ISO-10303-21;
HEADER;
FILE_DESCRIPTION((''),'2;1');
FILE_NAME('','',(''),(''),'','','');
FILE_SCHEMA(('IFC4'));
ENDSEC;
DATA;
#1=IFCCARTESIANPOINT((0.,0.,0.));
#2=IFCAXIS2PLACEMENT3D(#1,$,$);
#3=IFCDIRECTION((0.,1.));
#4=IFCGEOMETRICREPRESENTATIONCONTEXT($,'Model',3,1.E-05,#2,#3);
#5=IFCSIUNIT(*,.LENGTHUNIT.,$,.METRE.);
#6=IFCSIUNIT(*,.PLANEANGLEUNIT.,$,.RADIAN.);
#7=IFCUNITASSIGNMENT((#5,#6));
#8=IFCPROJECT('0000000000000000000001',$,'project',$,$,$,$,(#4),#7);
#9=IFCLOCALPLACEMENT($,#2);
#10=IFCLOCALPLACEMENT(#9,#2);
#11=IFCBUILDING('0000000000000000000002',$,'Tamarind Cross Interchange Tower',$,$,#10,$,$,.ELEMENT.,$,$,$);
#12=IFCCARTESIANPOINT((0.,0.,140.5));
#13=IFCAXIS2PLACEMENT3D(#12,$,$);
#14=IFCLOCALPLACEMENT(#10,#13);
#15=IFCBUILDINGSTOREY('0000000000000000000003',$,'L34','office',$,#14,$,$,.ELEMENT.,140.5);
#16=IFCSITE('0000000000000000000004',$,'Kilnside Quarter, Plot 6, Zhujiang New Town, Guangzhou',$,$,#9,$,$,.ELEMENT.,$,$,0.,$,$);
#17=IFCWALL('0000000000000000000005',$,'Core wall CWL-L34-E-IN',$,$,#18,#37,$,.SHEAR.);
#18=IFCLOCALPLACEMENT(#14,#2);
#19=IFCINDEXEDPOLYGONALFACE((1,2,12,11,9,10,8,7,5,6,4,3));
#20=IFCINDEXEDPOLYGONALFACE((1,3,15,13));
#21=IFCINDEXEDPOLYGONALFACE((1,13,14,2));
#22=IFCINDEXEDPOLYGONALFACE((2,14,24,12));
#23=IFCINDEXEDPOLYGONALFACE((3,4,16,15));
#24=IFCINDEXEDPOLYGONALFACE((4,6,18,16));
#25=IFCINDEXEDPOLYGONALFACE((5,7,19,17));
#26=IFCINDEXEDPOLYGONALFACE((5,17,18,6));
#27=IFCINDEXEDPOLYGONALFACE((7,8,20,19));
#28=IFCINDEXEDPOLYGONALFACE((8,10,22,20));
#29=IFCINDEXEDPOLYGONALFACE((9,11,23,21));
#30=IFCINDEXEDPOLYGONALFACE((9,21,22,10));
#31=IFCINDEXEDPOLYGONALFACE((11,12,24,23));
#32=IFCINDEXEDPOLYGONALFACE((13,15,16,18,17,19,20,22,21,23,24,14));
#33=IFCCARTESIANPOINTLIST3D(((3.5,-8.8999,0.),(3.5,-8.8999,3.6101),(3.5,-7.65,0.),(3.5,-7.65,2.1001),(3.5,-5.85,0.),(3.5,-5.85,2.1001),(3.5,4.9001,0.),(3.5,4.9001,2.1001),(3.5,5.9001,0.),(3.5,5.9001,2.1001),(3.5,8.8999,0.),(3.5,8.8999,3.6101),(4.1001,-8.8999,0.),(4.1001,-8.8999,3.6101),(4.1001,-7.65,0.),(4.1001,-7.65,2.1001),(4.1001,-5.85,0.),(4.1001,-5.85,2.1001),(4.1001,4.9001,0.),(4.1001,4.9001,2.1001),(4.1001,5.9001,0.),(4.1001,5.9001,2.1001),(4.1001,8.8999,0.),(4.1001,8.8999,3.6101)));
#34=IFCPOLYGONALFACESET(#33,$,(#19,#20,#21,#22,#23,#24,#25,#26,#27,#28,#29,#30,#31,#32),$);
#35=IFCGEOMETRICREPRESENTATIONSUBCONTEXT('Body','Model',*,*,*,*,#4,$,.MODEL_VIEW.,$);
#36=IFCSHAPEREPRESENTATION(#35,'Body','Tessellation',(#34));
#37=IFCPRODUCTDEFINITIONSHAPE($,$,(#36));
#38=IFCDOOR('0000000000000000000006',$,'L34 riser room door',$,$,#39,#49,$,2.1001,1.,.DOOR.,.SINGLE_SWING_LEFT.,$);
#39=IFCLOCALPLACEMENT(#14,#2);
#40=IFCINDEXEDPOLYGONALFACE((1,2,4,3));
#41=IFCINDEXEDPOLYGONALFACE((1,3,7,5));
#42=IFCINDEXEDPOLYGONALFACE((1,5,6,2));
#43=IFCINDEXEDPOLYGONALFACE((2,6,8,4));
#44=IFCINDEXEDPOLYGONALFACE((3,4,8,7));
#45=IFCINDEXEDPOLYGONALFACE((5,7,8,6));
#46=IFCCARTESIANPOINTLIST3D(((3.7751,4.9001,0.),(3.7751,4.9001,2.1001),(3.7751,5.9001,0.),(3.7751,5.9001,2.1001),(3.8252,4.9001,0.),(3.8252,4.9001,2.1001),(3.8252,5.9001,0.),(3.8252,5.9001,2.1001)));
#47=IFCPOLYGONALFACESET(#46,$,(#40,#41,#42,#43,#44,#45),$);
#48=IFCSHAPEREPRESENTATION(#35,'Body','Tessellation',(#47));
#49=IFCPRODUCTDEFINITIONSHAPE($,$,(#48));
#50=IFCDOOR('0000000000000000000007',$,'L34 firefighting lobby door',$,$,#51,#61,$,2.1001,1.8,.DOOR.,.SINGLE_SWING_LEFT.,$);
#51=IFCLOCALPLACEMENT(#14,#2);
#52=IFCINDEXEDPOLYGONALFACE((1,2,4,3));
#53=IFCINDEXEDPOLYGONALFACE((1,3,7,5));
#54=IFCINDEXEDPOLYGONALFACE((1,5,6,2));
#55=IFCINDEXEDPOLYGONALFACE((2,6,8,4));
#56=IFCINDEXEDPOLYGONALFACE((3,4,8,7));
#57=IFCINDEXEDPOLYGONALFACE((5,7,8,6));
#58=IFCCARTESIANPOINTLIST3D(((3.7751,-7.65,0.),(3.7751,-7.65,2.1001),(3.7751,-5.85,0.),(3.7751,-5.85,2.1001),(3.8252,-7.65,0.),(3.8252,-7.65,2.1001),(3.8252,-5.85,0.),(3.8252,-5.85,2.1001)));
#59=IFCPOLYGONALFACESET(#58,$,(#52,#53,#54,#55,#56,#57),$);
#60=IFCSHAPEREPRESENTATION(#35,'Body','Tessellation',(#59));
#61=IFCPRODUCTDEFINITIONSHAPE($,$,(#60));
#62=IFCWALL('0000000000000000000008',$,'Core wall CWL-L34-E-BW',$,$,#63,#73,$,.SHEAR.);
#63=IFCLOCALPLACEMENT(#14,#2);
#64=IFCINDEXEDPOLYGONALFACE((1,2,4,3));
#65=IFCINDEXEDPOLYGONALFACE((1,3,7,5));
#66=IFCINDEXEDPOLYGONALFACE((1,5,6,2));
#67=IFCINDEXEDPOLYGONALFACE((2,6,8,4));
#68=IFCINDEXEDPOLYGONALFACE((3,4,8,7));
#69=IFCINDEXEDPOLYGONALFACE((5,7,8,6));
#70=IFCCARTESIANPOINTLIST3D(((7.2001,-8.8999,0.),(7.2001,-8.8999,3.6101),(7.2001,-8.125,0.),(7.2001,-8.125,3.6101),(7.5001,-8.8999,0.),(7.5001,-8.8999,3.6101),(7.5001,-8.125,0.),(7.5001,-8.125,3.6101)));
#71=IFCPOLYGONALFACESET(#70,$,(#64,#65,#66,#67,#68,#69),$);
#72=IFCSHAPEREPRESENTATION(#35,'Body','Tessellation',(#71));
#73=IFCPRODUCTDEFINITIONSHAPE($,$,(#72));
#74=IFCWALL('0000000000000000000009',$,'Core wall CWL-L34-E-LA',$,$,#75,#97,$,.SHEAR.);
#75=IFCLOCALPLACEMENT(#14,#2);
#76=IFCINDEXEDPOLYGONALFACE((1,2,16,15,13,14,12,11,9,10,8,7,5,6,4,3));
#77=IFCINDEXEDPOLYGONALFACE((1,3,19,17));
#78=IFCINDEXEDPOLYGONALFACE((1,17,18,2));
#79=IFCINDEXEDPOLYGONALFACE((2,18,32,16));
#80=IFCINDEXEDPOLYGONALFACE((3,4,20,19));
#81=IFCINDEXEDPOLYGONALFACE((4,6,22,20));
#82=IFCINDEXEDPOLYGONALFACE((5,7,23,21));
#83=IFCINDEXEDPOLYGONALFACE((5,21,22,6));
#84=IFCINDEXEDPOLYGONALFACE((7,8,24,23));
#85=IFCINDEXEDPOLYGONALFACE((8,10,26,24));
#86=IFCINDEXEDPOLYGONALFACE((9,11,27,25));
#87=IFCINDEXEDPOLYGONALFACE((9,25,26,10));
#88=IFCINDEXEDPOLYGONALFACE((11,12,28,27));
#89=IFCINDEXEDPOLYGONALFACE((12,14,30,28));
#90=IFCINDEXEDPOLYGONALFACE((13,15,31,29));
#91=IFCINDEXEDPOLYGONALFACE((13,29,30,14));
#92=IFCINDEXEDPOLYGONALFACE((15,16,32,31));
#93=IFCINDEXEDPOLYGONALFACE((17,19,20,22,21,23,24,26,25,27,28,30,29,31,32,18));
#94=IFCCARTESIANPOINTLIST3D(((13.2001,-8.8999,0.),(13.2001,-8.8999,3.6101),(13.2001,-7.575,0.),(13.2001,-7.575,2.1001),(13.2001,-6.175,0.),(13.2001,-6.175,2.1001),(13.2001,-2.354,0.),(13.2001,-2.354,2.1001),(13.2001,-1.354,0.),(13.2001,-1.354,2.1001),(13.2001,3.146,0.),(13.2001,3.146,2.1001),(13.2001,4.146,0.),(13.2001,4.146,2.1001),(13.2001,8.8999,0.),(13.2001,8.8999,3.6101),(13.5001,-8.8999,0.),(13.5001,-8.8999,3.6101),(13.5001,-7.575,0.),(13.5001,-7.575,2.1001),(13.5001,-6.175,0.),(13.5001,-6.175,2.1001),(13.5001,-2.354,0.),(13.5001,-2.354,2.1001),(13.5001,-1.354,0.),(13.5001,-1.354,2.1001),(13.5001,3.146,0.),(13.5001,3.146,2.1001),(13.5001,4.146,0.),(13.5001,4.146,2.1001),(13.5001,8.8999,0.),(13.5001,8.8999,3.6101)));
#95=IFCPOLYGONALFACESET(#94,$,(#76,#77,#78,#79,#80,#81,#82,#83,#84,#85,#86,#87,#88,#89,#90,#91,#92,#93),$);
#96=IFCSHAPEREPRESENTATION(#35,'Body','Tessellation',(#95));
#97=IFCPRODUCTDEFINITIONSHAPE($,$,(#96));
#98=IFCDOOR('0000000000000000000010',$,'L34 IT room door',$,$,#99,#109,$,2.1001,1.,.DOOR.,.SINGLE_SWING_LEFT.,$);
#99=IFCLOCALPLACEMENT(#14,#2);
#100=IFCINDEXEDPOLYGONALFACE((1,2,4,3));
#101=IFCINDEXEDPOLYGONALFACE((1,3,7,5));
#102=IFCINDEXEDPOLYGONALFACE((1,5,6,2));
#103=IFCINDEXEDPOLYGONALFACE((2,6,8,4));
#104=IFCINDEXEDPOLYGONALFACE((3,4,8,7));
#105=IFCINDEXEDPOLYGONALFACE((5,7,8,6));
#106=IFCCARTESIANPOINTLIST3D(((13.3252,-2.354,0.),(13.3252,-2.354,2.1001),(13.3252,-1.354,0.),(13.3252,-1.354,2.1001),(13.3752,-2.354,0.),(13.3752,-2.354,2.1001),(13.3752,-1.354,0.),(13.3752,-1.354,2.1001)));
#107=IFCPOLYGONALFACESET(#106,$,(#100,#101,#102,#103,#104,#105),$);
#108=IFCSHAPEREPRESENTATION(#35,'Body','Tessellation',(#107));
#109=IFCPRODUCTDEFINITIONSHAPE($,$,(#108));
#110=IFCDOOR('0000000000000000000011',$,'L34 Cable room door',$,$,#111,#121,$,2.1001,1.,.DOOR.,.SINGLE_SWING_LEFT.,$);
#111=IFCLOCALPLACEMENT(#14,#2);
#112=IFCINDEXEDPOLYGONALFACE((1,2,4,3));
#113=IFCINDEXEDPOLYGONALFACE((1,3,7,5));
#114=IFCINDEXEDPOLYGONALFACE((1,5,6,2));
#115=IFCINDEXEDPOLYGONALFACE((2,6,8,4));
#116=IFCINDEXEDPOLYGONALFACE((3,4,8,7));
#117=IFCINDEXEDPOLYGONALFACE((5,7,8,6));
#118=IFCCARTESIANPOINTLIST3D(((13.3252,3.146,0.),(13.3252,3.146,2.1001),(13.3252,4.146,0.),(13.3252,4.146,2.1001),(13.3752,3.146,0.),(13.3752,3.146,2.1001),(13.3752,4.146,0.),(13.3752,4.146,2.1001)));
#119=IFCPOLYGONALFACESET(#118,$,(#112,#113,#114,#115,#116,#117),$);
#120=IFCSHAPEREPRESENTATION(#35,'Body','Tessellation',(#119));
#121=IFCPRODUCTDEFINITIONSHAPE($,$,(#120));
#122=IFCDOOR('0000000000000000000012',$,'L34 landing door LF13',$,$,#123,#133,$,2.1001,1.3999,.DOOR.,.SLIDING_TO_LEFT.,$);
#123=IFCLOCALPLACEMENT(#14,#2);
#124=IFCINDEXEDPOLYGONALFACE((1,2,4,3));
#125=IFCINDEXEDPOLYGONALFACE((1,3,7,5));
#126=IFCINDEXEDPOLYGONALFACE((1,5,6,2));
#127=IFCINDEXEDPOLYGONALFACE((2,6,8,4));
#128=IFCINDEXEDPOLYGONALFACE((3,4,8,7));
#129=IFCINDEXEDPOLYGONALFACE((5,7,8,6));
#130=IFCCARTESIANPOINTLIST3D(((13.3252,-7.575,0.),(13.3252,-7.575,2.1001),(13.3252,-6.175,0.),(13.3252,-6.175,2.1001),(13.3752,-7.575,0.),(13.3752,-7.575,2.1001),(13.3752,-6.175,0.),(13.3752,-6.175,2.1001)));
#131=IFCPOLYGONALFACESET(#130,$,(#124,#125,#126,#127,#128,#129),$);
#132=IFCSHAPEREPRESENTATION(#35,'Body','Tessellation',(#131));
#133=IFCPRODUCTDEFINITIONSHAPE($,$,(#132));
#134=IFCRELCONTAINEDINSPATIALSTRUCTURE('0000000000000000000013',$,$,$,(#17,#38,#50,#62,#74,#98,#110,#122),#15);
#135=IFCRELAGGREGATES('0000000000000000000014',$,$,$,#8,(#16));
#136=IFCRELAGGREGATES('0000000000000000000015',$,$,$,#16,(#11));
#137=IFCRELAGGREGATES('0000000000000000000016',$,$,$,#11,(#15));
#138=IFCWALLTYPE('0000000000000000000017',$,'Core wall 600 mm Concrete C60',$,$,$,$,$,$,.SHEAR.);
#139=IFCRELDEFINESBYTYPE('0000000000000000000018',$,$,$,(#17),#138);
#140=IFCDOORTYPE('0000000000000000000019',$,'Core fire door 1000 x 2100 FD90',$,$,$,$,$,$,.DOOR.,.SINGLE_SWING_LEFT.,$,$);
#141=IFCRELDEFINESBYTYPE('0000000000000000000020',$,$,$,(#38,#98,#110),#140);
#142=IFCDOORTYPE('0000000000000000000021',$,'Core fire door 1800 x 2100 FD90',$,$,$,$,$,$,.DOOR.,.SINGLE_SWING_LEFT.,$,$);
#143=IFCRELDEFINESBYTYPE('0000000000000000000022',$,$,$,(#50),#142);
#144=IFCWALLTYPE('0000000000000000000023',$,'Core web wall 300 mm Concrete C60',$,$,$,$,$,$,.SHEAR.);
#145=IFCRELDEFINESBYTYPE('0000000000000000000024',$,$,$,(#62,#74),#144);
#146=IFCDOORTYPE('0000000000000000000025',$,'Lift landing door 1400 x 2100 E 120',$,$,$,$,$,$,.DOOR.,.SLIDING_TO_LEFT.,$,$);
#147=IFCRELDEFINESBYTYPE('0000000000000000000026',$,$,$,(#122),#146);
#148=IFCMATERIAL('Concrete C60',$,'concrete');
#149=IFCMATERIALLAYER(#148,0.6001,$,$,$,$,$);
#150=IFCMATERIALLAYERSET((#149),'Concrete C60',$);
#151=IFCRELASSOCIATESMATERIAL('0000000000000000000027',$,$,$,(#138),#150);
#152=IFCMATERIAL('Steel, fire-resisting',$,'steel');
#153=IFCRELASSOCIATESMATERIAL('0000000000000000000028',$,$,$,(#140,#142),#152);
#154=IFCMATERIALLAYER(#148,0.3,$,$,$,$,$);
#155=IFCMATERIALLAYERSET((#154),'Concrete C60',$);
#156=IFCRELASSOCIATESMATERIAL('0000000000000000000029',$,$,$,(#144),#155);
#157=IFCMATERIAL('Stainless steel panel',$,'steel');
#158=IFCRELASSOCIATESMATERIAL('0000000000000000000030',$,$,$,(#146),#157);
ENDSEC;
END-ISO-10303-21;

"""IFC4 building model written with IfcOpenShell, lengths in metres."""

from ifc_helpers import new_model, si_unit, direction, frame, frame_2d, origin, place, context, subcontext, project, spatial, rectangle, extrude, material, layer, layer_set, type_object, element, fill, save


model = new_model("IFC4")

# Units and contexts
model_context = context("Model", 3, precision=1e-05, world=origin(), true_north=direction((0.0, 1.0)))
body_context = subcontext(model_context, "Body", "Model", "MODEL_VIEW")
ifc_project = project(units=[si_unit("LENGTHUNIT", "METRE"), si_unit("PLANEANGLEUNIT", "RADIAN")], contexts=[model_context])

# Site, building, storey
site_placement = place(None, origin())
site = spatial("IfcSite", under=ifc_project, at=site_placement, Name="Kilnside Quarter, Plot 6, Zhujiang New Town, Guangzhou", CompositionType="ELEMENT", RefElevation=0.0)
building_placement = place(site_placement, origin())
building = spatial("IfcBuilding", under=site, at=building_placement, Name="Tamarind Cross Interchange Tower", CompositionType="ELEMENT")
storey_placement = place(building_placement, frame((0.0, 0.0, 140.5)))
storey = spatial("IfcBuildingStorey", under=building, at=storey_placement, Name="L34", Description="office", CompositionType="ELEMENT", Elevation=140.5)

# Wall, openings, doors
ifc_material_1 = material(Name="Concrete C60", Category="concrete")
ifc_layer_1 = layer(ifc_material_1, 0.6001)
ifc_layer_set_1 = layer_set([ifc_layer_1], Name="Concrete C60")
wall_type_1 = type_object("IfcWallType", Name="Core wall 600 mm Concrete C60", PredefinedType="SHEAR", material=ifc_layer_set_1)
wall_1_placement = place(storey_placement, frame((3.8, -8.8999, 0.0), z_axis=(0.0, 0.0, 1.0), x_axis=(0.0, 1.0, 0.0)))
wall_1 = element("IfcWall", 1, at=wall_1_placement, inside=storey, type_object=wall_type_1, Name="Core wall CWL-L34-E-IN", PredefinedType="SHEAR", context=body_context, shape_type="SweptSolid", body=[
    extrude(rectangle(XDim=17.7998, YDim=0.6001, at=frame_2d((8.8999, 0.0))), origin(), (0.0, 0.0, 1.0), 3.6101),
])
opening_1_placement = place(wall_1_placement, frame((1.25, 0.0, 0.0)))
opening_1 = element("IfcOpeningElement", 2, at=opening_1_placement, cuts=wall_1, PredefinedType="OPENING", context=body_context, shape_type="SweptSolid", body=[
    extrude(rectangle(XDim=1.8, YDim=2.1001, at=frame_2d((0.8999, 1.05))), frame((0.0, 0.3101, 0.0), z_axis=(0.0, -1.0, 0.0), x_axis=(1.0, 0.0, 0.0)), (0.0, 0.0, 1.0), 0.6201),
])
opening_2_placement = place(wall_1_placement, frame((13.8, 0.0, 0.0)))
opening_2 = element("IfcOpeningElement", 3, at=opening_2_placement, cuts=wall_1, PredefinedType="OPENING", context=body_context, shape_type="SweptSolid", body=[
    extrude(rectangle(XDim=1.0, YDim=2.1001, at=frame_2d((0.5, 1.05))), frame((0.0, 0.3101, 0.0), z_axis=(0.0, -1.0, 0.0), x_axis=(1.0, 0.0, 0.0)), (0.0, 0.0, 1.0), 0.6201),
])
ifc_material_2 = material(Name="Steel, fire-resisting", Category="steel")
door_type_1 = type_object("IfcDoorType", Name="Core fire door 1000 x 2100 FD90", OperationType="SINGLE_SWING_LEFT", PredefinedType="DOOR", material=ifc_material_2)
door_1_placement = place(opening_2_placement, origin())
door_1 = element("IfcDoor", 4, at=door_1_placement, inside=storey, type_object=door_type_1, Name="L34 riser room door", OperationType="SINGLE_SWING_LEFT", OverallHeight=2.1001, OverallWidth=1.0, PredefinedType="DOOR", context=body_context, shape_type="SweptSolid", body=[
    extrude(rectangle(XDim=1.0, YDim=2.1001, at=frame_2d((0.5, 1.05))), frame((0.0, 0.0249, 0.0), z_axis=(0.0, -1.0, 0.0), x_axis=(1.0, 0.0, 0.0)), (0.0, 0.0, 1.0), 0.05),
])
fill(opening_2, door_1)
door_type_2 = type_object("IfcDoorType", Name="Core fire door 1800 x 2100 FD90", OperationType="SINGLE_SWING_LEFT", PredefinedType="DOOR", material=ifc_material_2)
door_2_placement = place(opening_1_placement, origin())
door_2 = element("IfcDoor", 5, at=door_2_placement, inside=storey, type_object=door_type_2, Name="L34 firefighting lobby door", OperationType="SINGLE_SWING_LEFT", OverallHeight=2.1001, OverallWidth=1.8, PredefinedType="DOOR", context=body_context, shape_type="SweptSolid", body=[
    extrude(rectangle(XDim=1.8, YDim=2.1001, at=frame_2d((0.8999, 1.05))), frame((0.0, 0.0249, 0.0), z_axis=(0.0, -1.0, 0.0), x_axis=(1.0, 0.0, 0.0)), (0.0, 0.0, 1.0), 0.05),
])
fill(opening_1, door_2)

# Wall
ifc_layer_2 = layer(ifc_material_1, 0.3)
ifc_layer_set_2 = layer_set([ifc_layer_2], Name="Concrete C60")
wall_type_2 = type_object("IfcWallType", Name="Core web wall 300 mm Concrete C60", PredefinedType="SHEAR", material=ifc_layer_set_2)
wall_2_placement = place(storey_placement, frame((7.3501, -8.8999, 0.0), z_axis=(0.0, 0.0, 1.0), x_axis=(0.0, 1.0, 0.0)))
element("IfcWall", 6, at=wall_2_placement, inside=storey, type_object=wall_type_2, Name="Core wall CWL-L34-E-BW", PredefinedType="SHEAR", context=body_context, shape_type="SweptSolid", body=[
    extrude(rectangle(XDim=0.7749, YDim=0.3, at=frame_2d((0.3875, 0.0))), origin(), (0.0, 0.0, 1.0), 3.6101),
])

# Wall, openings, doors
wall_3_placement = place(storey_placement, frame((13.3501, -8.8999, 0.0), z_axis=(0.0, 0.0, 1.0), x_axis=(0.0, 1.0, 0.0)))
wall_3 = element("IfcWall", 7, at=wall_3_placement, inside=storey, type_object=wall_type_2, Name="Core wall CWL-L34-E-LA", PredefinedType="SHEAR", context=body_context, shape_type="SweptSolid", body=[
    extrude(rectangle(XDim=17.7998, YDim=0.3, at=frame_2d((8.8999, 0.0))), origin(), (0.0, 0.0, 1.0), 3.6101),
])
opening_3_placement = place(wall_3_placement, frame((1.325, 0.0, 0.0)))
opening_3 = element("IfcOpeningElement", 8, at=opening_3_placement, cuts=wall_3, PredefinedType="OPENING", context=body_context, shape_type="SweptSolid", body=[
    extrude(rectangle(XDim=1.3999, YDim=2.1001, at=frame_2d((0.7, 1.05))), frame((0.0, 0.1599, 0.0), z_axis=(0.0, -1.0, 0.0), x_axis=(1.0, 0.0, 0.0)), (0.0, 0.0, 1.0), 0.3201),
])
opening_4_placement = place(wall_3_placement, frame((6.5459, 0.0, 0.0)))
opening_4 = element("IfcOpeningElement", 9, at=opening_4_placement, cuts=wall_3, PredefinedType="OPENING", context=body_context, shape_type="SweptSolid", body=[
    extrude(rectangle(XDim=1.0, YDim=2.1001, at=frame_2d((0.5, 1.05))), frame((0.0, 0.1599, 0.0), z_axis=(0.0, -1.0, 0.0), x_axis=(1.0, 0.0, 0.0)), (0.0, 0.0, 1.0), 0.3201),
])
opening_5_placement = place(wall_3_placement, frame((12.0459, 0.0, 0.0)))
opening_5 = element("IfcOpeningElement", 10, at=opening_5_placement, cuts=wall_3, PredefinedType="OPENING", context=body_context, shape_type="SweptSolid", body=[
    extrude(rectangle(XDim=1.0, YDim=2.1001, at=frame_2d((0.5, 1.05))), frame((0.0, 0.1599, 0.0), z_axis=(0.0, -1.0, 0.0), x_axis=(1.0, 0.0, 0.0)), (0.0, 0.0, 1.0), 0.3201),
])
door_3_placement = place(opening_4_placement, origin())
door_3 = element("IfcDoor", 11, at=door_3_placement, inside=storey, type_object=door_type_1, Name="L34 IT room door", OperationType="SINGLE_SWING_LEFT", OverallHeight=2.1001, OverallWidth=1.0, PredefinedType="DOOR", context=body_context, shape_type="SweptSolid", body=[
    extrude(rectangle(XDim=1.0, YDim=2.1001, at=frame_2d((0.5, 1.05))), frame((0.0, 0.0249, 0.0), z_axis=(0.0, -1.0, 0.0), x_axis=(1.0, 0.0, 0.0)), (0.0, 0.0, 1.0), 0.05),
])
fill(opening_4, door_3)
door_4_placement = place(opening_5_placement, origin())
door_4 = element("IfcDoor", 12, at=door_4_placement, inside=storey, type_object=door_type_1, Name="L34 Cable room door", OperationType="SINGLE_SWING_LEFT", OverallHeight=2.1001, OverallWidth=1.0, PredefinedType="DOOR", context=body_context, shape_type="SweptSolid", body=[
    extrude(rectangle(XDim=1.0, YDim=2.1001, at=frame_2d((0.5, 1.05))), frame((0.0, 0.0249, 0.0), z_axis=(0.0, -1.0, 0.0), x_axis=(1.0, 0.0, 0.0)), (0.0, 0.0, 1.0), 0.05),
])
fill(opening_5, door_4)
ifc_material_3 = material(Name="Stainless steel panel", Category="steel")
door_type_3 = type_object("IfcDoorType", Name="Lift landing door 1400 x 2100 E 120", OperationType="SLIDING_TO_LEFT", PredefinedType="DOOR", material=ifc_material_3)
door_5_placement = place(opening_3_placement, origin())
door_5 = element("IfcDoor", 13, at=door_5_placement, inside=storey, type_object=door_type_3, Name="L34 landing door LF13", OperationType="SLIDING_TO_LEFT", OverallHeight=2.1001, OverallWidth=1.3999, PredefinedType="DOOR", context=body_context, shape_type="SweptSolid", body=[
    extrude(rectangle(XDim=1.3999, YDim=2.1001, at=frame_2d((0.7, 1.05))), frame((0.0, 0.0249, 0.0), z_axis=(0.0, -1.0, 0.0), x_axis=(1.0, 0.0, 0.0)), (0.0, 0.0, 1.0), 0.05),
])
fill(opening_3, door_5)

save(model, "model.ifc")
